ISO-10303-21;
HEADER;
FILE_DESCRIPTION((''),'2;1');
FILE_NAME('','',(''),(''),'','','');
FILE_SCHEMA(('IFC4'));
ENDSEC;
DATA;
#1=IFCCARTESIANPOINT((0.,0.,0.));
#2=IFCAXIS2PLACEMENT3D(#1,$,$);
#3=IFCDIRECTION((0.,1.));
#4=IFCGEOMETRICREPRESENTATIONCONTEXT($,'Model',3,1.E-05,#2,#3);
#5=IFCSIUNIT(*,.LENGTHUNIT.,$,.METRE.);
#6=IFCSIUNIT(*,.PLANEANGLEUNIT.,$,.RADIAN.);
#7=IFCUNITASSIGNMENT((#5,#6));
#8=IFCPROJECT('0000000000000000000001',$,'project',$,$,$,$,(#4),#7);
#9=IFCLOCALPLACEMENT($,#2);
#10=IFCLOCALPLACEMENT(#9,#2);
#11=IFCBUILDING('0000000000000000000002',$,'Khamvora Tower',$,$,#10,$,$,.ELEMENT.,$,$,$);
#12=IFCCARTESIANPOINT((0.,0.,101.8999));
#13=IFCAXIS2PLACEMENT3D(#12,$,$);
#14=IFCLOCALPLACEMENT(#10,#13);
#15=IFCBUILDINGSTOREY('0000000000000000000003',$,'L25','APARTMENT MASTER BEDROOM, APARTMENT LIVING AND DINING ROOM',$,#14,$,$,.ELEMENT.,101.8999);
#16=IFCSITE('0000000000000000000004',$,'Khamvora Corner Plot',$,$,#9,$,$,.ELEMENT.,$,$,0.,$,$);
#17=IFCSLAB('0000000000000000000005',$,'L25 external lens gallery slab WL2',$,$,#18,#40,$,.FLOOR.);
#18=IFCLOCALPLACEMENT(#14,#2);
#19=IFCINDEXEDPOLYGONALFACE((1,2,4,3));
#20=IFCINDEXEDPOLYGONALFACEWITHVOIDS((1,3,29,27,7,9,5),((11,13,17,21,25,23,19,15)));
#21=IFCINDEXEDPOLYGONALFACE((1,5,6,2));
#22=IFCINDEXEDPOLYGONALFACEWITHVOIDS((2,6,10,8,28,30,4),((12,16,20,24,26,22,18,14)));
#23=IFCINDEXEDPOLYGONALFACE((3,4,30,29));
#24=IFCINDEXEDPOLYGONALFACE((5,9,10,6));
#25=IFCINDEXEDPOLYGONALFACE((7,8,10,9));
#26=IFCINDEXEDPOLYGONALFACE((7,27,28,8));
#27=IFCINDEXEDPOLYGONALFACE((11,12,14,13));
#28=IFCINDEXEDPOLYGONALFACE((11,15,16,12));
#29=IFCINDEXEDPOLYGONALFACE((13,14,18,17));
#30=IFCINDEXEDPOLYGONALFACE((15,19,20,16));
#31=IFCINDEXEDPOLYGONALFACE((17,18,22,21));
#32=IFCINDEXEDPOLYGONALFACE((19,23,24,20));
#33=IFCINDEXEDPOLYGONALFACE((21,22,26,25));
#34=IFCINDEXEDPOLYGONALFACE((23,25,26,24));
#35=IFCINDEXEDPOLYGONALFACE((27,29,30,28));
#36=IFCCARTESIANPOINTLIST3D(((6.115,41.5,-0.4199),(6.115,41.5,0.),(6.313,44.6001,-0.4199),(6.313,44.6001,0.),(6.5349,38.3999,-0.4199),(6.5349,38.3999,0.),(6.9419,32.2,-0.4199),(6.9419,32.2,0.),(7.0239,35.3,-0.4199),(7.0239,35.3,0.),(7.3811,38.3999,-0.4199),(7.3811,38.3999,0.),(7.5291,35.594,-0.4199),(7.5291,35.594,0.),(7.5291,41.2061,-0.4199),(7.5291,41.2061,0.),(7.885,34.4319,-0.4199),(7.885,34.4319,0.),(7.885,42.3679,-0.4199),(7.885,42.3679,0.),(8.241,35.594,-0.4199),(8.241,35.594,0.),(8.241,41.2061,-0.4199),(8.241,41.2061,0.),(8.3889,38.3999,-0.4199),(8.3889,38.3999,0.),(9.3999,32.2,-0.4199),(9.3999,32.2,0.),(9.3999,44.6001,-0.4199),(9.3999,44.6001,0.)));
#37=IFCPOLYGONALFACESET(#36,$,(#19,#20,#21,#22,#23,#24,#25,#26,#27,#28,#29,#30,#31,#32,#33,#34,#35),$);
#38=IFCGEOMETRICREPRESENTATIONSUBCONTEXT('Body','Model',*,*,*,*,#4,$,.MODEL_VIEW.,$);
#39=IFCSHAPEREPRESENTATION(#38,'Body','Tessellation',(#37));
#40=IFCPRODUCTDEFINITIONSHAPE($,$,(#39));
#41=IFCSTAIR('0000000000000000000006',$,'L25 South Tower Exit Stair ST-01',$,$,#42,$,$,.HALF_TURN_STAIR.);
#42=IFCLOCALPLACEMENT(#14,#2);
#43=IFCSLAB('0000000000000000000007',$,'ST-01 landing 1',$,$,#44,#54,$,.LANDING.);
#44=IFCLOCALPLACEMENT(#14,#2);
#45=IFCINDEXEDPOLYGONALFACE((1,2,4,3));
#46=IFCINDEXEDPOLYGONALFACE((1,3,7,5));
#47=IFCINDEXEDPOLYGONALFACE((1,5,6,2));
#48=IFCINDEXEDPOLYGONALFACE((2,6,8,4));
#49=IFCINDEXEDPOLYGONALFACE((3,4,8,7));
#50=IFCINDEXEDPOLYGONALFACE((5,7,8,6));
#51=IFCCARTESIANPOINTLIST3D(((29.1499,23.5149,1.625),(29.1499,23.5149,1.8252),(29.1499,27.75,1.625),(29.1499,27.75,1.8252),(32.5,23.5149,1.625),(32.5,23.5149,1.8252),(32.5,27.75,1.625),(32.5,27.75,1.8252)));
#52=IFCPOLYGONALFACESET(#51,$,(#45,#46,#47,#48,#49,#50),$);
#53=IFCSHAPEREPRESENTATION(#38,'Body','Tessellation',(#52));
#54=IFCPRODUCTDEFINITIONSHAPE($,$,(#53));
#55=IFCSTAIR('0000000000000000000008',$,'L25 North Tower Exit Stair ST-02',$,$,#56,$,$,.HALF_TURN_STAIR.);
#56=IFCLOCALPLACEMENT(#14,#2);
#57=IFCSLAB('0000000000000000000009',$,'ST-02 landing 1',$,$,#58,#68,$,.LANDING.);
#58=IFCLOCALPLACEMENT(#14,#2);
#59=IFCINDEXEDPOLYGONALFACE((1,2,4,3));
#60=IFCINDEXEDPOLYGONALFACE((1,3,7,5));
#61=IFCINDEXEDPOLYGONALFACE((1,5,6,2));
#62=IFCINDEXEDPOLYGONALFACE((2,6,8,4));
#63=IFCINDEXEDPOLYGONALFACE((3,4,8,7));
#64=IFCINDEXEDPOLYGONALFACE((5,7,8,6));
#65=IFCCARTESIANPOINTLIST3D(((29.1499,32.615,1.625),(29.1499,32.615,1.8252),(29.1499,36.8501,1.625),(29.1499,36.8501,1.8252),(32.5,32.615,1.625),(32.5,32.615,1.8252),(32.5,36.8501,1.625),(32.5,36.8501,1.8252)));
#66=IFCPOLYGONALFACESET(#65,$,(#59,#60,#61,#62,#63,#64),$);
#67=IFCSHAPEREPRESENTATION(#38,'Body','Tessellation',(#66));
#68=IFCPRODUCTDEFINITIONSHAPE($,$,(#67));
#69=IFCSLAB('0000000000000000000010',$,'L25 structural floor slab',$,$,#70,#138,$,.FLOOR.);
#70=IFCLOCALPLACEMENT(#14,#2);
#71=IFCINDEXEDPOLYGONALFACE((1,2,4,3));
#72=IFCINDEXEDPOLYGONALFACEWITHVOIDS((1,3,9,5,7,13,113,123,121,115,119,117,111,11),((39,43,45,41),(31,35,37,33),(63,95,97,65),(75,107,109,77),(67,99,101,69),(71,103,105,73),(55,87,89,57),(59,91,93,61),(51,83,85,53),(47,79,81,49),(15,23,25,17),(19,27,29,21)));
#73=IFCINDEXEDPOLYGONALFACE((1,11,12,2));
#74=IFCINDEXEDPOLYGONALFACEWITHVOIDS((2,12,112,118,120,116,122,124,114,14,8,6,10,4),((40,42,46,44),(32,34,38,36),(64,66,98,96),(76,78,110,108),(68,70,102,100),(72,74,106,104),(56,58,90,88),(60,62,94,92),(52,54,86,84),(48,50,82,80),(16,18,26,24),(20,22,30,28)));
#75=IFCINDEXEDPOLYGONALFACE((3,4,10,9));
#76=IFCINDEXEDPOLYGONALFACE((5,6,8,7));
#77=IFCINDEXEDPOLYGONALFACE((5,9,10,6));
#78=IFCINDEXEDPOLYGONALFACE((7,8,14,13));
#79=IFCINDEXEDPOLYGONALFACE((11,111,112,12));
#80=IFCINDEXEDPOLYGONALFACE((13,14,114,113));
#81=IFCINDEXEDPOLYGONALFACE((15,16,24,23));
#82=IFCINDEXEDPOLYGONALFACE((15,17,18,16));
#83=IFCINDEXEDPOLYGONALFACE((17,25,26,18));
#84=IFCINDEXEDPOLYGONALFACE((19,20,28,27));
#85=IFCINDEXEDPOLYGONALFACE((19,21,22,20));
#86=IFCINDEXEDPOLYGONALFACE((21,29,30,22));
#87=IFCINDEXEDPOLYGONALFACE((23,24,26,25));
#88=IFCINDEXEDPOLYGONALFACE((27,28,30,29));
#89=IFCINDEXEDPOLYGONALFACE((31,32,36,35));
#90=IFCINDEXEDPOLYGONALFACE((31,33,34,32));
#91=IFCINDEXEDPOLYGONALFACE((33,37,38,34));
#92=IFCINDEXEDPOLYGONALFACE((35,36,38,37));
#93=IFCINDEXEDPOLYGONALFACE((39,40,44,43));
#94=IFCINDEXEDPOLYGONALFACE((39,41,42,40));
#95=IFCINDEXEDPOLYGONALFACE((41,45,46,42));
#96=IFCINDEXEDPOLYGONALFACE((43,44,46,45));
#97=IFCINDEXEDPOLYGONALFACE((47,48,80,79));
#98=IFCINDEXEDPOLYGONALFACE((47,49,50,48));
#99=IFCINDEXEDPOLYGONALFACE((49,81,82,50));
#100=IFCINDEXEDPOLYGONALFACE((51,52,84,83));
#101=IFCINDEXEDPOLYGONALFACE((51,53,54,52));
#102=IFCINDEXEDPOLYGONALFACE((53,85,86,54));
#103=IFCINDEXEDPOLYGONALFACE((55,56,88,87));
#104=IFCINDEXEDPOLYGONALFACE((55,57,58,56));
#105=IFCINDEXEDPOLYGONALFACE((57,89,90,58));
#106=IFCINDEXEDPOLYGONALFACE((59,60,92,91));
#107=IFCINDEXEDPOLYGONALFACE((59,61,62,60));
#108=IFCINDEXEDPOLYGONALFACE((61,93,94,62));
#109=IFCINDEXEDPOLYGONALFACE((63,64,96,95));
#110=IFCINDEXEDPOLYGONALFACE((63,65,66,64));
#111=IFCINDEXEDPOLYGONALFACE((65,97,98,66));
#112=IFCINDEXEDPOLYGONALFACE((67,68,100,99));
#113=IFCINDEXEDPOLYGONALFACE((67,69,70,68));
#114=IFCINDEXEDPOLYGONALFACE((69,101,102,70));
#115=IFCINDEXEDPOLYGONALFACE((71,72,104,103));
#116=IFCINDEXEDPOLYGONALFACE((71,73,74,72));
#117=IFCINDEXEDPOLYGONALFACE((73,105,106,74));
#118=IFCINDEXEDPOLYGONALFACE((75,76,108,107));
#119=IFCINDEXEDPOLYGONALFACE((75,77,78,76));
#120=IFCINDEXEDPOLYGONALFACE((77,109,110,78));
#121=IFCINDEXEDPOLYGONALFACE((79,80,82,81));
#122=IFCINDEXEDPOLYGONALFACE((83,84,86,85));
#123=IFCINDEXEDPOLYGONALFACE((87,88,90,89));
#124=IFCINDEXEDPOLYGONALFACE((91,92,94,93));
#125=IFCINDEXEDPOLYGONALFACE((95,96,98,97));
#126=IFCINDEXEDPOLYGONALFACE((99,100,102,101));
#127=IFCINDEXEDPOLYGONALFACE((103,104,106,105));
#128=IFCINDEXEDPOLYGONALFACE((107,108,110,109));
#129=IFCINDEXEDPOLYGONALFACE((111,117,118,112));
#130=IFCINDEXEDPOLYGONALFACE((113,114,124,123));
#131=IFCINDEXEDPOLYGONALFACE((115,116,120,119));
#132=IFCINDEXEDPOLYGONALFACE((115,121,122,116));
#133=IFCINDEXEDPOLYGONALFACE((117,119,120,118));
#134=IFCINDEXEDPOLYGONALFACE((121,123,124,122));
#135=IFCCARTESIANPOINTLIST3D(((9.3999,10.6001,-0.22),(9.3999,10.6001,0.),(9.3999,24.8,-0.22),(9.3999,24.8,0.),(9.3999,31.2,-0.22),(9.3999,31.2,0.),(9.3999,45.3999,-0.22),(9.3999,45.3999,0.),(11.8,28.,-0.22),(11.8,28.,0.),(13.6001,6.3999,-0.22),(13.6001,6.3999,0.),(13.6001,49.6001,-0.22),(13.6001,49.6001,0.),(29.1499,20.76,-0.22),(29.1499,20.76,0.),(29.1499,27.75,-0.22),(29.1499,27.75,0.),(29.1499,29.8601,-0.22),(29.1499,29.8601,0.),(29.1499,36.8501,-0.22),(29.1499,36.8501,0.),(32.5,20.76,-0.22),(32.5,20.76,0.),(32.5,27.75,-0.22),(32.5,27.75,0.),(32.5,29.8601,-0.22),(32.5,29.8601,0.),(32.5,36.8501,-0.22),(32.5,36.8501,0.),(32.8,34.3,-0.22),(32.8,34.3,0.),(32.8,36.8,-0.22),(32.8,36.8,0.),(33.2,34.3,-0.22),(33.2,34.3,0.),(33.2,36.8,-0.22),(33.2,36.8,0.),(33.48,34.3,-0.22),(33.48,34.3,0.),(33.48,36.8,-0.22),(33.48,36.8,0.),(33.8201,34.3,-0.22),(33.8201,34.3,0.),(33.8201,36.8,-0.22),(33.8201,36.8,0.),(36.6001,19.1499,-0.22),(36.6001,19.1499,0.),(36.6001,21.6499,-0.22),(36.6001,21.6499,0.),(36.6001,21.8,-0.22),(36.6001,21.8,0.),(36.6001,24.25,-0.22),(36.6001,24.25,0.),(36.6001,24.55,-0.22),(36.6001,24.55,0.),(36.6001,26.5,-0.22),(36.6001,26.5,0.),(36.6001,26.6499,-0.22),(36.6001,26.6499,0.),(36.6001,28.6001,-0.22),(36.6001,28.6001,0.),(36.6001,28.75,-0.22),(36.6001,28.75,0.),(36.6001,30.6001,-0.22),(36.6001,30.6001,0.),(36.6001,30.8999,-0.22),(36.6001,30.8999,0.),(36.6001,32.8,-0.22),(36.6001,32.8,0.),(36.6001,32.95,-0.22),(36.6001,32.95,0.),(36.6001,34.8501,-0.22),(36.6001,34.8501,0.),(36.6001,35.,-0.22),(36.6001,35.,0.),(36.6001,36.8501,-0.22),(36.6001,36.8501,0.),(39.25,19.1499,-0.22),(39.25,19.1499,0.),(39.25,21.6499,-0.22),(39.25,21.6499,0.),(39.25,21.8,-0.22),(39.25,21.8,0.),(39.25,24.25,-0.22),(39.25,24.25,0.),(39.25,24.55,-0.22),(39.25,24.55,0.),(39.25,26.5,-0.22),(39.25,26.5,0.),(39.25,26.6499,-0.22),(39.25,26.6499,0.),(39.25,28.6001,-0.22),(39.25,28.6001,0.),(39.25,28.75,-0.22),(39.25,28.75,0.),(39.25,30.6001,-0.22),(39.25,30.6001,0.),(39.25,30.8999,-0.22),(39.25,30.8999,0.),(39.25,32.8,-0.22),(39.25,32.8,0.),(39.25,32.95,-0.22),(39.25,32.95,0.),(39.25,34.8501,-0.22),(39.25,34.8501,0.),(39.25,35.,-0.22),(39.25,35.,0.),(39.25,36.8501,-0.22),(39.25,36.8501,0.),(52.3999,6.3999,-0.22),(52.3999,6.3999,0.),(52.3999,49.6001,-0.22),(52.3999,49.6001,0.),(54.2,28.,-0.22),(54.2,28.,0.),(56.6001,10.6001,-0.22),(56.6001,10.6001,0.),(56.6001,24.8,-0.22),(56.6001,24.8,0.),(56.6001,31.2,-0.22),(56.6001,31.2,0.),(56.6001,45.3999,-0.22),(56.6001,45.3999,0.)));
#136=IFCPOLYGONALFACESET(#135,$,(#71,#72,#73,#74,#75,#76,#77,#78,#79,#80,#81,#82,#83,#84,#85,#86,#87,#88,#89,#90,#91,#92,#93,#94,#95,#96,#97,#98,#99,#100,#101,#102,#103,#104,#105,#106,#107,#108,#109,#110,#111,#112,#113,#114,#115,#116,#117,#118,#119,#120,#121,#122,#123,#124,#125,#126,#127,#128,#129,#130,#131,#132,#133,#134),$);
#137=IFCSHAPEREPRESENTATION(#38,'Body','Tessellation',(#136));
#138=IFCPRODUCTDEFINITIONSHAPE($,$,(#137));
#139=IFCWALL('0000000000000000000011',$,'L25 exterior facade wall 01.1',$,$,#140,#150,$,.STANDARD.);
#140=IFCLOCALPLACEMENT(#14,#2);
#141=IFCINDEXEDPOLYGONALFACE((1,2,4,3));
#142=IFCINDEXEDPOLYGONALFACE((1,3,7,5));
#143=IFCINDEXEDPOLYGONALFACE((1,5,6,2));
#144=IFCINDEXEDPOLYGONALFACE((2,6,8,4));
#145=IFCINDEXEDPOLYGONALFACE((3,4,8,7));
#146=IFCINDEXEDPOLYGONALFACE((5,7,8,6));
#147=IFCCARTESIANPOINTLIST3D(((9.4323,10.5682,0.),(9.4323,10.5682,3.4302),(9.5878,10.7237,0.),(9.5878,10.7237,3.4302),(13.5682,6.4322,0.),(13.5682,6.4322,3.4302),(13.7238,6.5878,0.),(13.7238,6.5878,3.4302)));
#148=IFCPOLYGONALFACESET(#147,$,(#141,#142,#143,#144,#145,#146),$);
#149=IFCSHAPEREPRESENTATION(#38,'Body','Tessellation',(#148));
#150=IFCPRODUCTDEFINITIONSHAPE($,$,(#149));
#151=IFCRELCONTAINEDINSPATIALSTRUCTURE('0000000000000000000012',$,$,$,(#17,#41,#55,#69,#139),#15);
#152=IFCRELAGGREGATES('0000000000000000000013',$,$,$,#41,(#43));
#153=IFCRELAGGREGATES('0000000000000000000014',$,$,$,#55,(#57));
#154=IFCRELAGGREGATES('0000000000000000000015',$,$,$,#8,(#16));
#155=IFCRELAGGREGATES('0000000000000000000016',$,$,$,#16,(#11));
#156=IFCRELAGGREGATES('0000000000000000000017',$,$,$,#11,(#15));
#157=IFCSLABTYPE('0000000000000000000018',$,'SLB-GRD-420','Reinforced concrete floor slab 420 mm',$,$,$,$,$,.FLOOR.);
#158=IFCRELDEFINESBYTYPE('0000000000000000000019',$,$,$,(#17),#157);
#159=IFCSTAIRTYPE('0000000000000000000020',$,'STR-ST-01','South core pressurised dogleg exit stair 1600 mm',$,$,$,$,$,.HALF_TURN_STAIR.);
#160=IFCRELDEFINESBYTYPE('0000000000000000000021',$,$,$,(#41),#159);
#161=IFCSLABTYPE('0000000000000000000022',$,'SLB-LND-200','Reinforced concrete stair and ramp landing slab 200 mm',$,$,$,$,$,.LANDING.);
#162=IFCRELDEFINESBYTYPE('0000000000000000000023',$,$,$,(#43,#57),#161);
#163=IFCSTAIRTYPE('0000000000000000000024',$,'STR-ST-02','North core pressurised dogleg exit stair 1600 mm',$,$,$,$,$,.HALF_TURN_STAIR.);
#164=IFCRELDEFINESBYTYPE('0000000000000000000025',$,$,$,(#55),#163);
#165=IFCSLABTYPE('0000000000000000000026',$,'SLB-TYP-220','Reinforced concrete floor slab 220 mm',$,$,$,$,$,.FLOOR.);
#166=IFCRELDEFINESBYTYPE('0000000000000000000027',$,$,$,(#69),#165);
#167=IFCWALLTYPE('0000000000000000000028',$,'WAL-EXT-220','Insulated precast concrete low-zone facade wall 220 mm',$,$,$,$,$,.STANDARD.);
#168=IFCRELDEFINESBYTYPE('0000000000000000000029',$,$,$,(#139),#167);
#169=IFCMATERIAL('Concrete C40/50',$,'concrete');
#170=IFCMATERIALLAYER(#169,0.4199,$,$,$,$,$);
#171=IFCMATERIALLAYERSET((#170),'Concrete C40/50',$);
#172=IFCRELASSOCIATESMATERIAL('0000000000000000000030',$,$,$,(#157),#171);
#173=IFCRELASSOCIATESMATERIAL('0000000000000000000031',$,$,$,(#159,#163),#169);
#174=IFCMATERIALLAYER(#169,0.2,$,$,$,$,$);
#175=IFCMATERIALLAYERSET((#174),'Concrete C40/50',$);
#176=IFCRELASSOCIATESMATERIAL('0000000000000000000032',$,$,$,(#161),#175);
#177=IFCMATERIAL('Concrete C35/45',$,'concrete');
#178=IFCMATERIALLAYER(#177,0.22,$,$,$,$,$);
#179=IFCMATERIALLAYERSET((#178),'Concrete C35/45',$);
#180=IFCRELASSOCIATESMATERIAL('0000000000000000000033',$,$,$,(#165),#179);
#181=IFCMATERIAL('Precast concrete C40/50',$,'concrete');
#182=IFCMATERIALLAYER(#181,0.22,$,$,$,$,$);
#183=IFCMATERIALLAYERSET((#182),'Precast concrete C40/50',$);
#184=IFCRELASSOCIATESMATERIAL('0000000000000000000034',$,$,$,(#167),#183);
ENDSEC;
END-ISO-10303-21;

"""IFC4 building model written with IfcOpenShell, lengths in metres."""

from ifc_helpers import new_model, si_unit, direction, frame, frame_2d, origin, place, context, subcontext, project, spatial, polyline, rectangle, outline, extrude, material, layer, layer_set, type_object, element, aggregate, save


model = new_model("IFC4")

# Units and contexts
model_context = context("Model", 3, precision=1e-05, world=origin(), true_north=direction((0.0, 1.0)))
body_context = subcontext(model_context, "Body", "Model", "MODEL_VIEW")
ifc_project = project(units=[si_unit("LENGTHUNIT", "METRE"), si_unit("PLANEANGLEUNIT", "RADIAN")], contexts=[model_context])

# Site, building, storey
site_placement = place(None, origin())
site = spatial("IfcSite", under=ifc_project, at=site_placement, Name="Khamvora Corner Plot", CompositionType="ELEMENT", RefElevation=0.0)
building_placement = place(site_placement, origin())
building = spatial("IfcBuilding", under=site, at=building_placement, Name="Khamvora Tower", CompositionType="ELEMENT")
storey_placement = place(building_placement, frame((0.0, 0.0, 101.8999)))
storey = spatial("IfcBuildingStorey", under=building, at=storey_placement, Name="L25", Description="APARTMENT MASTER BEDROOM, APARTMENT LIVING AND DINING ROOM", CompositionType="ELEMENT", Elevation=101.8999)

# Slab
ifc_material_1 = material(Name="Concrete C40/50", Category="concrete")
ifc_layer_1 = layer(ifc_material_1, 0.4199)
ifc_layer_set_1 = layer_set([ifc_layer_1], Name="Concrete C40/50")
slab_type_1 = type_object("IfcSlabType", Name="SLB-GRD-420", Description="Reinforced concrete floor slab 420 mm", PredefinedType="FLOOR", material=ifc_layer_set_1)
slab_1_placement = place(storey_placement, frame((0.0, 0.0, -0.4199)))
element("IfcSlab", 1, at=slab_1_placement, inside=storey, type_object=slab_type_1, Name="L25 external lens gallery slab WL2", PredefinedType="FLOOR", context=body_context, shape_type="SweptSolid", body=[
    extrude(outline(polyline([(9.3999, 32.2), (9.3999, 44.6001), (6.313, 44.6001), (6.115, 41.5), (6.5349, 38.3999), (7.0239, 35.3), (6.9419, 32.2), (9.3999, 32.2)]), holes=[polyline([(8.3889, 38.3999), (8.241, 41.2061), (7.885, 42.3679), (7.5291, 41.2061), (7.3811, 38.3999), (7.5291, 35.594), (7.885, 34.4319), (8.241, 35.594), (8.3889, 38.3999)])]), origin(), (0.0, 0.0, 1.0), 0.4199),
])

# Stairs, slabs
stair_type_1 = type_object("IfcStairType", Name="STR-ST-01", Description="South core pressurised dogleg exit stair 1600 mm", PredefinedType="HALF_TURN_STAIR", material=ifc_material_1)
stair_1_placement = place(storey_placement, origin())
stair_1 = element("IfcStair", 2, at=stair_1_placement, inside=storey, type_object=stair_type_1, Name="L25 South Tower Exit Stair ST-01", PredefinedType="HALF_TURN_STAIR")
ifc_layer_2 = layer(ifc_material_1, 0.2)
ifc_layer_set_2 = layer_set([ifc_layer_2], Name="Concrete C40/50")
slab_type_2 = type_object("IfcSlabType", Name="SLB-LND-200", Description="Reinforced concrete stair and ramp landing slab 200 mm", PredefinedType="LANDING", material=ifc_layer_set_2)
slab_2_placement = place(storey_placement, frame((0.0, 0.0, 1.625)))
slab_2 = element("IfcSlab", 3, at=slab_2_placement, type_object=slab_type_2, Name="ST-01 landing 1", PredefinedType="LANDING", context=body_context, shape_type="SweptSolid", body=[
    extrude(outline(polyline([(32.5, 23.5149), (32.5, 27.75), (29.1499, 27.75), (29.1499, 23.5149), (32.5, 23.5149)])), origin(), (0.0, 0.0, 1.0), 0.2002),
])
aggregate(stair_1, [slab_2])
stair_type_2 = type_object("IfcStairType", Name="STR-ST-02", Description="North core pressurised dogleg exit stair 1600 mm", PredefinedType="HALF_TURN_STAIR", material=ifc_material_1)
stair_2_placement = place(storey_placement, origin())
stair_2 = element("IfcStair", 4, at=stair_2_placement, inside=storey, type_object=stair_type_2, Name="L25 North Tower Exit Stair ST-02", PredefinedType="HALF_TURN_STAIR")
slab_3_placement = place(storey_placement, frame((0.0, 0.0, 1.625)))
slab_3 = element("IfcSlab", 5, at=slab_3_placement, type_object=slab_type_2, Name="ST-02 landing 1", PredefinedType="LANDING", context=body_context, shape_type="SweptSolid", body=[
    extrude(outline(polyline([(32.5, 32.615), (32.5, 36.8501), (29.1499, 36.8501), (29.1499, 32.615), (32.5, 32.615)])), origin(), (0.0, 0.0, 1.0), 0.2002),
])
aggregate(stair_2, [slab_3])

# Slab
ifc_material_2 = material(Name="Concrete C35/45", Category="concrete")
ifc_layer_3 = layer(ifc_material_2, 0.22)
ifc_layer_set_3 = layer_set([ifc_layer_3], Name="Concrete C35/45")
slab_type_3 = type_object("IfcSlabType", Name="SLB-TYP-220", Description="Reinforced concrete floor slab 220 mm", PredefinedType="FLOOR", material=ifc_layer_set_3)
slab_4_placement = place(storey_placement, frame((0.0, 0.0, -0.22)))
element("IfcSlab", 6, at=slab_4_placement, inside=storey, type_object=slab_type_3, Name="L25 structural floor slab", PredefinedType="FLOOR", context=body_context, shape_type="SweptSolid", body=[
    extrude(outline(polyline([(13.6001, 6.3999), (52.3999, 6.3999), (56.6001, 10.6001), (56.6001, 24.8), (54.2, 28.0), (56.6001, 31.2), (56.6001, 45.3999), (52.3999, 49.6001), (13.6001, 49.6001), (9.3999, 45.3999), (9.3999, 31.2), (11.8, 28.0), (9.3999, 24.8), (9.3999, 10.6001), (13.6001, 6.3999)]), holes=[polyline([(32.5, 20.76), (32.5, 27.75), (29.1499, 27.75), (29.1499, 20.76), (32.5, 20.76)]), polyline([(32.5, 29.8601), (32.5, 36.8501), (29.1499, 36.8501), (29.1499, 29.8601), (32.5, 29.8601)]), polyline([(36.6001, 19.1499), (39.25, 19.1499), (39.25, 21.6499), (36.6001, 21.6499), (36.6001, 19.1499)]), polyline([(36.6001, 21.8), (39.25, 21.8), (39.25, 24.25), (36.6001, 24.25), (36.6001, 21.8)]), polyline([(36.6001, 24.55), (39.25, 24.55), (39.25, 26.5), (36.6001, 26.5), (36.6001, 24.55)]), polyline([(36.6001, 26.6499), (39.25, 26.6499), (39.25, 28.6001), (36.6001, 28.6001), (36.6001, 26.6499)]), polyline([(36.6001, 28.75), (39.25, 28.75), (39.25, 30.6001), (36.6001, 30.6001), (36.6001, 28.75)]), polyline([(36.6001, 30.8999), (39.25, 30.8999), (39.25, 32.8), (36.6001, 32.8), (36.6001, 30.8999)]), polyline([(36.6001, 32.95), (39.25, 32.95), (39.25, 34.8501), (36.6001, 34.8501), (36.6001, 32.95)]), polyline([(36.6001, 35.0), (39.25, 35.0), (39.25, 36.8501), (36.6001, 36.8501), (36.6001, 35.0)]), polyline([(32.8, 34.3), (33.2, 34.3), (33.2, 36.8), (32.8, 36.8), (32.8, 34.3)]), polyline([(33.48, 34.3), (33.8201, 34.3), (33.8201, 36.8), (33.48, 36.8), (33.48, 34.3)])]), origin(), (0.0, 0.0, 1.0), 0.22),
])

# Wall
ifc_material_3 = material(Name="Precast concrete C40/50", Category="concrete")
ifc_layer_4 = layer(ifc_material_3, 0.22)
ifc_layer_set_4 = layer_set([ifc_layer_4], Name="Precast concrete C40/50")
wall_type_1 = type_object("IfcWallType", Name="WAL-EXT-220", Description="Insulated precast concrete low-zone facade wall 220 mm", PredefinedType="STANDARD", material=ifc_layer_set_4)
wall_1_placement = place(storey_placement, frame((13.646, 6.51, 0.0), z_axis=(0.0, 0.0, 1.0), x_axis=(-0.707107, 0.707107, 0.0)))
element("IfcWall", 7, at=wall_1_placement, inside=storey, type_object=wall_type_1, Name="L25 exterior facade wall 01.1", PredefinedType="STANDARD", context=body_context, shape_type="SweptSolid", body=[
    extrude(rectangle(XDim=5.8491, YDim=0.22, at=frame_2d((2.9246, 0.0))), origin(), (0.0, 0.0, 1.0), 3.4302),
])

save(model, "model.ifc")
